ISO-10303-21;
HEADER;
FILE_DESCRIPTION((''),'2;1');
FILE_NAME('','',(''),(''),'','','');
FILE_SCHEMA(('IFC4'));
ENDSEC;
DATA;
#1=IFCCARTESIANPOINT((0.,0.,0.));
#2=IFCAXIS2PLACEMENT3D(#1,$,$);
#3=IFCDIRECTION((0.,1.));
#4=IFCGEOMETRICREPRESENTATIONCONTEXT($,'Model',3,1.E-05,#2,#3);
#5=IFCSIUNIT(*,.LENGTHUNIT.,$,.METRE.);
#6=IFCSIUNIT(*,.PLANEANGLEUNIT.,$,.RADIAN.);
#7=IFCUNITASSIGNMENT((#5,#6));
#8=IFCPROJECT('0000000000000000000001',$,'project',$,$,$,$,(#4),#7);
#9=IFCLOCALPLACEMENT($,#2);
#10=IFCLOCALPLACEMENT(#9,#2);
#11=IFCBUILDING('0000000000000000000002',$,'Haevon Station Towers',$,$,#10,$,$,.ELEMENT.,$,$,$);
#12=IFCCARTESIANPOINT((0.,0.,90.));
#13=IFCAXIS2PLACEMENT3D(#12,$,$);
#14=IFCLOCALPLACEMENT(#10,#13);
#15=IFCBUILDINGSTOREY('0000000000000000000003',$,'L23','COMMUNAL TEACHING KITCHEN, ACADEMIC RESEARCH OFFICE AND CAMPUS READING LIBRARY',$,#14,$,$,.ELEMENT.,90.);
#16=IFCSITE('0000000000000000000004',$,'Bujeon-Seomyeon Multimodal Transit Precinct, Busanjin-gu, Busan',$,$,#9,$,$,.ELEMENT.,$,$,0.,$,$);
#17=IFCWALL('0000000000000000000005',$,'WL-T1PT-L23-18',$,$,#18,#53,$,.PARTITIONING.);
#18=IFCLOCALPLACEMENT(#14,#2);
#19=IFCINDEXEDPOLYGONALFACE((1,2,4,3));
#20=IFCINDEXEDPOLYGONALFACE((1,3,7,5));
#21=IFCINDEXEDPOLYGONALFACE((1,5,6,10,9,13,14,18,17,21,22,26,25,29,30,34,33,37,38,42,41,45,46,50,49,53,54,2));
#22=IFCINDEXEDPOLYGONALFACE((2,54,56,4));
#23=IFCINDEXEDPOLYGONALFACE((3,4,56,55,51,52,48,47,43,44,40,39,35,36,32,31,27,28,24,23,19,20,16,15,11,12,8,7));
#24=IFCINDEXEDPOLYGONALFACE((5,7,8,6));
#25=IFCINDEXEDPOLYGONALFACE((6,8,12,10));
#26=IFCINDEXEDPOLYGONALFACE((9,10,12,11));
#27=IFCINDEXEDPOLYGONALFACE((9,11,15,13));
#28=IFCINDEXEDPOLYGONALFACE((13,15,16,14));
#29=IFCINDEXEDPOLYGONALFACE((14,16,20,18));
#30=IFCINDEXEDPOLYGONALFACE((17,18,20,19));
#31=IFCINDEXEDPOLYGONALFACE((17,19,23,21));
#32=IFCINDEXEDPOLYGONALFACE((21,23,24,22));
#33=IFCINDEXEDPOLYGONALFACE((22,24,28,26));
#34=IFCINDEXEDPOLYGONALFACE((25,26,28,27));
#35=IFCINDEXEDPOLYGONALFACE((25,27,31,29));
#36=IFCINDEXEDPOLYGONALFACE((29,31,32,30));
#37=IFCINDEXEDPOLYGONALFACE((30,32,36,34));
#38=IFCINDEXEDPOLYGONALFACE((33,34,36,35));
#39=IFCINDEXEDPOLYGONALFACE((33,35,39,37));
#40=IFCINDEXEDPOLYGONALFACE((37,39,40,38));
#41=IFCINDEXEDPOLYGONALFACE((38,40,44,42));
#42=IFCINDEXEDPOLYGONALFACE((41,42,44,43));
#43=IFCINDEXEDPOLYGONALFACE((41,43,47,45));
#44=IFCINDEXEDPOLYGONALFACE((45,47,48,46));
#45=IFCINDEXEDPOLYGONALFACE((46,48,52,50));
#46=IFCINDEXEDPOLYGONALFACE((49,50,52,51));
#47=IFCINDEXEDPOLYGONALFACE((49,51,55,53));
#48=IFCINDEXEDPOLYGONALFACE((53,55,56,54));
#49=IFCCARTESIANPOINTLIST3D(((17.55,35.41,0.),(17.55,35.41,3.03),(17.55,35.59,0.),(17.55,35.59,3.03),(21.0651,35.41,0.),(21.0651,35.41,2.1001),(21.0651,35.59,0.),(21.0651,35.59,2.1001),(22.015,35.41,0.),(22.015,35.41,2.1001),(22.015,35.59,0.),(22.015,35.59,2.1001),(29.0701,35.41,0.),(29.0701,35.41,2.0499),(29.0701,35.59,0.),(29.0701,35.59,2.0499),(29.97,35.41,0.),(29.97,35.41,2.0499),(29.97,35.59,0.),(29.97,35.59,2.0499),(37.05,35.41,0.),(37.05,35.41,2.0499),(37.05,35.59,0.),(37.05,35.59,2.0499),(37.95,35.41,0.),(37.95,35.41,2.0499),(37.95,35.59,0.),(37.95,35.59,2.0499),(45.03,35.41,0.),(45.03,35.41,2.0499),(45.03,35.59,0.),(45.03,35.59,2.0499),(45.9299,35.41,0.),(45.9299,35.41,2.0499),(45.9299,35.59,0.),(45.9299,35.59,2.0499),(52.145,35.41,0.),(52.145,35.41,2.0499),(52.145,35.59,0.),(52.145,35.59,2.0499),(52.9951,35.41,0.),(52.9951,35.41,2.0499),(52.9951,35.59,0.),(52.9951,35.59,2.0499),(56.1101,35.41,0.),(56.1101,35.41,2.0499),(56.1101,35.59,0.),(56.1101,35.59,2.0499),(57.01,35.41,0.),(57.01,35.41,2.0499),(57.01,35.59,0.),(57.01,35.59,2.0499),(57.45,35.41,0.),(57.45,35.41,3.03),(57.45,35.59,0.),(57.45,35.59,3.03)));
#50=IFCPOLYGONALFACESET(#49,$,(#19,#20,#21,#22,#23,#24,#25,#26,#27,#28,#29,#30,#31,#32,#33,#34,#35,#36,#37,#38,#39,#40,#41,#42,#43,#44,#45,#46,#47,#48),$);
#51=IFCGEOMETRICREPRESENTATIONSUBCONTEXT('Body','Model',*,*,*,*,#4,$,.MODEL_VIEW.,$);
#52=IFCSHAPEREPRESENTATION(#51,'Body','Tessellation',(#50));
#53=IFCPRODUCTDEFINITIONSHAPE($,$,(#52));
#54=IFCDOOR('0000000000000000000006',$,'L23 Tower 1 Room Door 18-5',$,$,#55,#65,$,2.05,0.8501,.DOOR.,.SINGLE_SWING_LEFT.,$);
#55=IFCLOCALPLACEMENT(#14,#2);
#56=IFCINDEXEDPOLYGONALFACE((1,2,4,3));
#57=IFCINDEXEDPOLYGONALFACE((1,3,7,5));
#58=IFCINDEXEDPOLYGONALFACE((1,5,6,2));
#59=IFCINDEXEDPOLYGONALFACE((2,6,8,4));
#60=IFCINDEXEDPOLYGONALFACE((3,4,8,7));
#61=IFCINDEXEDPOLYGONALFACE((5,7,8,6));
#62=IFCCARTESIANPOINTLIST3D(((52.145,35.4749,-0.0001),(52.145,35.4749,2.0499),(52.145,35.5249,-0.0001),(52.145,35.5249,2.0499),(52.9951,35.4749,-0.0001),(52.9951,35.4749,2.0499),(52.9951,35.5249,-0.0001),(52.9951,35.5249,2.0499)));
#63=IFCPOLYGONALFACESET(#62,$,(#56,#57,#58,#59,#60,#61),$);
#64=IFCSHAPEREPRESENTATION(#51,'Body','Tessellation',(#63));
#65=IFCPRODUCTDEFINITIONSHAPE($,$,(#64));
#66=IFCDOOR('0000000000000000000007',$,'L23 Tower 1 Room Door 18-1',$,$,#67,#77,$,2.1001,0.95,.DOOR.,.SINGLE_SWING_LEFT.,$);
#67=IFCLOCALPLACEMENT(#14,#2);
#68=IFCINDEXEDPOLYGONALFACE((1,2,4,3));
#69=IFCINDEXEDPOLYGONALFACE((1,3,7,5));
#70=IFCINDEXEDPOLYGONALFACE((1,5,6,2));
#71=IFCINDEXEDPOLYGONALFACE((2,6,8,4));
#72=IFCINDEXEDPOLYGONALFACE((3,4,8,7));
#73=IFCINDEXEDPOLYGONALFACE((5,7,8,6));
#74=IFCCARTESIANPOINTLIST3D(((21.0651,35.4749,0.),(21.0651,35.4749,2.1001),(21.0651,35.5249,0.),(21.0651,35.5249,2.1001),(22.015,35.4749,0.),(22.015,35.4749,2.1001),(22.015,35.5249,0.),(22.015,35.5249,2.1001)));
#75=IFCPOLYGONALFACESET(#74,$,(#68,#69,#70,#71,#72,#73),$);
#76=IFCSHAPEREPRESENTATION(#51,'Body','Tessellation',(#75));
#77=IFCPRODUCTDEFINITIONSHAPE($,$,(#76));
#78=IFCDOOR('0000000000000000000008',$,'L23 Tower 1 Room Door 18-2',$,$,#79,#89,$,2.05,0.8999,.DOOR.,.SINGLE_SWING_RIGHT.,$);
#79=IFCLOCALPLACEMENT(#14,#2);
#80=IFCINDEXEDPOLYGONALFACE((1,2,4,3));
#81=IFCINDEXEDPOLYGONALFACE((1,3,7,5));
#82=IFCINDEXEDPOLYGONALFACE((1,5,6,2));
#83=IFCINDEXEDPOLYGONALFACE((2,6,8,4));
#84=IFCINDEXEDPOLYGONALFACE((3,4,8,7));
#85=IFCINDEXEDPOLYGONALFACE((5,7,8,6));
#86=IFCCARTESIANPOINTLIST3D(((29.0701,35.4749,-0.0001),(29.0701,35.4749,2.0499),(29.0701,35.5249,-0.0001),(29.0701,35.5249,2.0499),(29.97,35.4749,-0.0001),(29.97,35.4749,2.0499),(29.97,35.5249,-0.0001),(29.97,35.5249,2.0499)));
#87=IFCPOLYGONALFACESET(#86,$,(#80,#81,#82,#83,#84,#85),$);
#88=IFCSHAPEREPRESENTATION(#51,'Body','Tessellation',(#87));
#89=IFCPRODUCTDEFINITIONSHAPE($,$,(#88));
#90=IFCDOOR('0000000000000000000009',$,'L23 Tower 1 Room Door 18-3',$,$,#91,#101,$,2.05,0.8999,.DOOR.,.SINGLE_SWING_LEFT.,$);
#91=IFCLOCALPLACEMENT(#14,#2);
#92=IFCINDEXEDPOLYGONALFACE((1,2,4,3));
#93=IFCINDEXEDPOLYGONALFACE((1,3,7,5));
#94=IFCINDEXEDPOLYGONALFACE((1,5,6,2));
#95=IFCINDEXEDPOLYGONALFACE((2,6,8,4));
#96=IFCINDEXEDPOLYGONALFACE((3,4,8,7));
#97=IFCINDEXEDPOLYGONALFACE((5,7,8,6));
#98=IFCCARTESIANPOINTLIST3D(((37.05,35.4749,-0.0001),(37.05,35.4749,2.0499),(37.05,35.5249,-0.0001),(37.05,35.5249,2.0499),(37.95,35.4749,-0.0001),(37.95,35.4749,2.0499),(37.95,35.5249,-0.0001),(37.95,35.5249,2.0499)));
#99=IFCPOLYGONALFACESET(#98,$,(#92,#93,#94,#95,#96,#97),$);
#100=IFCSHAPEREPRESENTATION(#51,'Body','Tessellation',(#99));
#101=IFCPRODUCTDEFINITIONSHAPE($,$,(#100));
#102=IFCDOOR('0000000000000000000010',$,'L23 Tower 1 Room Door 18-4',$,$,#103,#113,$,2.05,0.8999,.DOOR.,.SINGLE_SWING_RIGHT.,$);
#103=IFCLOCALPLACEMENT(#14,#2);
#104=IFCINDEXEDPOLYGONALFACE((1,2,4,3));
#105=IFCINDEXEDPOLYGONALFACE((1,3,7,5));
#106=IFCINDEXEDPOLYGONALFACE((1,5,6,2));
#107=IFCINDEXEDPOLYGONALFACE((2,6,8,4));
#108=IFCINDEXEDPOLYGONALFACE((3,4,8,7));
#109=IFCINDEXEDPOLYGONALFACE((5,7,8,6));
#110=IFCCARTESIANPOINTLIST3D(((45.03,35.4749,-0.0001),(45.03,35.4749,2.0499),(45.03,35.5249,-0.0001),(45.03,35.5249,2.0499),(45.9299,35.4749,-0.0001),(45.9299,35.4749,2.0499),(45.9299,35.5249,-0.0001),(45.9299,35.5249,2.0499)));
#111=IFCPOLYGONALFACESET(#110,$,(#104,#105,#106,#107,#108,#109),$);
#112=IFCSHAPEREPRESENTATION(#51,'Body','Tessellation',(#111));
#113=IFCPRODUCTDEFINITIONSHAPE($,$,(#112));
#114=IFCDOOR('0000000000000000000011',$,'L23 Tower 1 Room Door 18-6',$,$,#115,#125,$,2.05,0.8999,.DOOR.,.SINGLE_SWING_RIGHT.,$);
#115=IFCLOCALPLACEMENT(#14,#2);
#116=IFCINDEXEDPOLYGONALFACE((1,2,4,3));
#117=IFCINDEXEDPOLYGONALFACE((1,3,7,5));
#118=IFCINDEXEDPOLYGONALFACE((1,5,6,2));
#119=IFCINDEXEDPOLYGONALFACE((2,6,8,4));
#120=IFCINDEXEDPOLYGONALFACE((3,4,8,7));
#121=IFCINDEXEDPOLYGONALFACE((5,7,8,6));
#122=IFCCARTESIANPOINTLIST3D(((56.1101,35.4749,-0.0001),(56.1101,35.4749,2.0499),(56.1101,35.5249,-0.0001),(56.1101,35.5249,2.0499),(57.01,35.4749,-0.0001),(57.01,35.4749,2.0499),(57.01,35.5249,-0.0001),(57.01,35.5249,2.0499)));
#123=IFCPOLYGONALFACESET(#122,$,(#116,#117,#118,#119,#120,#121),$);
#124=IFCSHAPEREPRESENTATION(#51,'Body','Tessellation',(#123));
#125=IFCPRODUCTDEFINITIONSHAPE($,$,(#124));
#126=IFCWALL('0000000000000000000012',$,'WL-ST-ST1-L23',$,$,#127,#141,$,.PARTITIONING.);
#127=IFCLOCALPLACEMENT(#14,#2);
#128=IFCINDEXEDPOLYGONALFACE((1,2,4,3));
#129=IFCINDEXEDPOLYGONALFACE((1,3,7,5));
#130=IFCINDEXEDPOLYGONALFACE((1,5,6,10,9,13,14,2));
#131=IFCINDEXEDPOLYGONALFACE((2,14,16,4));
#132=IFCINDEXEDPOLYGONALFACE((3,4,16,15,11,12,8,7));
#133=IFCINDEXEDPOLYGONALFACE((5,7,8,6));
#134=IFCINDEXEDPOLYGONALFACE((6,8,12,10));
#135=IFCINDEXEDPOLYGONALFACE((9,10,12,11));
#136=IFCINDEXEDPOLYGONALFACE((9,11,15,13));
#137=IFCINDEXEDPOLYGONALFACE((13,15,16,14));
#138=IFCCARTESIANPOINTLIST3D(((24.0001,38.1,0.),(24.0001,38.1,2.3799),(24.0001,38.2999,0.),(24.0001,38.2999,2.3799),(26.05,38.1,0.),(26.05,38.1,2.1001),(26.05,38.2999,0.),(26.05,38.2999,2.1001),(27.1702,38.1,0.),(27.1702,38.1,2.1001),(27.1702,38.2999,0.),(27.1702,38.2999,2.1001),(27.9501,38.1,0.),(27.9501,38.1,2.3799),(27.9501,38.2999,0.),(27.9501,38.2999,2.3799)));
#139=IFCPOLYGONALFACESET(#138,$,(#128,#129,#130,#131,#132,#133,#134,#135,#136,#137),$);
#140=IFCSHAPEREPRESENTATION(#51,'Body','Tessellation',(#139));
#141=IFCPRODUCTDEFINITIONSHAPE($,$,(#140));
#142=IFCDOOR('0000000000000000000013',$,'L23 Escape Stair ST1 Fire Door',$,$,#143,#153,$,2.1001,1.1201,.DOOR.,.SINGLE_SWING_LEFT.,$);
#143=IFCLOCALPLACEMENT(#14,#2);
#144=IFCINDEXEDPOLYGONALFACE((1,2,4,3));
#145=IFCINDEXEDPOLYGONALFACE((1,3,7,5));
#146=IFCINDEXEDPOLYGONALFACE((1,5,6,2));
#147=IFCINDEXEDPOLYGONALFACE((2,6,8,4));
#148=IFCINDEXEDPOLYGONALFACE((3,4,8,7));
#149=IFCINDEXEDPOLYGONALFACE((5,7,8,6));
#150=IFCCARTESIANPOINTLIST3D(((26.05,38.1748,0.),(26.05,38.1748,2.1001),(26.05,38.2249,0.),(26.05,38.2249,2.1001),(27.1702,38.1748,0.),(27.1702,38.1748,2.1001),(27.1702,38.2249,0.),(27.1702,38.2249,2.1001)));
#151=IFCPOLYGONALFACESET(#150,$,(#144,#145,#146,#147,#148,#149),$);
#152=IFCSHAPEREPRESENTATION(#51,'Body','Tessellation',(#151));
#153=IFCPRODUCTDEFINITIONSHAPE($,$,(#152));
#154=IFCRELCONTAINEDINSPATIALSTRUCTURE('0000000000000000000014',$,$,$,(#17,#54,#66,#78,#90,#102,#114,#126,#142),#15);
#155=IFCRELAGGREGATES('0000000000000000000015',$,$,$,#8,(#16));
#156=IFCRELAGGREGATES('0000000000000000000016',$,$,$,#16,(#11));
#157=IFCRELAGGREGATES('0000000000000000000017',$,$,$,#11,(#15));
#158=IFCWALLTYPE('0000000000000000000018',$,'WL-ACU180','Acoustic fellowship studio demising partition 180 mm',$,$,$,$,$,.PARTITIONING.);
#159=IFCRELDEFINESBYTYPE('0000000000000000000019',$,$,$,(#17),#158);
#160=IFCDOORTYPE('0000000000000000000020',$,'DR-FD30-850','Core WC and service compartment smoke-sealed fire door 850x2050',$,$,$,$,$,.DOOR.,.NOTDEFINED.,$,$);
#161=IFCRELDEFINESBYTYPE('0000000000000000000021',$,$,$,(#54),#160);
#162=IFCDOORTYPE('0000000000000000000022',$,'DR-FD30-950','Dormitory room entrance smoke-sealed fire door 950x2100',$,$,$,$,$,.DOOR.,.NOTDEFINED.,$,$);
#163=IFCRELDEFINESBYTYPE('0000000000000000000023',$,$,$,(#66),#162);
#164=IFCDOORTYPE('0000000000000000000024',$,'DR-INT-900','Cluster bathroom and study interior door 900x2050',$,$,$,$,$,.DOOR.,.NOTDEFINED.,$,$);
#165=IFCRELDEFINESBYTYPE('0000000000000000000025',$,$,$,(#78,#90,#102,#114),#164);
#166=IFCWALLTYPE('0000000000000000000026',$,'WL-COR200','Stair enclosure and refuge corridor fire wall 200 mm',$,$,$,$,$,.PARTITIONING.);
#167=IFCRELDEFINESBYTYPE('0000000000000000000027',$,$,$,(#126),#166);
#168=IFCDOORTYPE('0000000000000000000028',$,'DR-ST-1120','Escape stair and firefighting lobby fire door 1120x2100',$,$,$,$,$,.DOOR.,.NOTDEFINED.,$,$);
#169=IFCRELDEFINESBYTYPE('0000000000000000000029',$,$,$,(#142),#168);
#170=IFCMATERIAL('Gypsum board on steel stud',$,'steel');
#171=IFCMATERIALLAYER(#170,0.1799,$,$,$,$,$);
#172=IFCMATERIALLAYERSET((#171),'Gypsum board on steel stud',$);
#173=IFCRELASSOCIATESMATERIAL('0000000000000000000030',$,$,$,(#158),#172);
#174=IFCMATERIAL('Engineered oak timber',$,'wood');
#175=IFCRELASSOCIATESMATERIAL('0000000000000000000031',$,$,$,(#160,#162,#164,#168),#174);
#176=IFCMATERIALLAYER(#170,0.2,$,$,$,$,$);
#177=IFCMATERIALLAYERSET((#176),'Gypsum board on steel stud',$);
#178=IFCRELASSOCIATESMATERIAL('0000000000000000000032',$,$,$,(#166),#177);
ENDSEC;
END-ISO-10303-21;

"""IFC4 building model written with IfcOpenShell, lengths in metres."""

from ifc_helpers import new_model, si_unit, direction, frame, frame_2d, origin, place, context, subcontext, project, spatial, rectangle, extrude, material, layer, layer_set, type_object, element, fill, save


model = new_model("IFC4")

# Units and contexts
model_context = context("Model", 3, precision=1e-05, world=origin(), true_north=direction((0.0, 1.0)))
body_context = subcontext(model_context, "Body", "Model", "MODEL_VIEW")
ifc_project = project(units=[si_unit("LENGTHUNIT", "METRE"), si_unit("PLANEANGLEUNIT", "RADIAN")], contexts=[model_context])

# Site, building, storey
site_placement = place(None, origin())
site = spatial("IfcSite", under=ifc_project, at=site_placement, Name="Bujeon-Seomyeon Multimodal Transit Precinct, Busanjin-gu, Busan", CompositionType="ELEMENT", RefElevation=0.0)
building_placement = place(site_placement, origin())
building = spatial("IfcBuilding", under=site, at=building_placement, Name="Haevon Station Towers", CompositionType="ELEMENT")
storey_placement = place(building_placement, frame((0.0, 0.0, 90.0)))
storey = spatial("IfcBuildingStorey", under=building, at=storey_placement, Name="L23", Description="COMMUNAL TEACHING KITCHEN, ACADEMIC RESEARCH OFFICE AND CAMPUS READING LIBRARY", CompositionType="ELEMENT", Elevation=90.0)

# Wall, openings, doors
ifc_material_1 = material(Name="Gypsum board on steel stud", Category="steel")
ifc_layer_1 = layer(ifc_material_1, 0.1799)
ifc_layer_set_1 = layer_set([ifc_layer_1], Name="Gypsum board on steel stud")
wall_type_1 = type_object("IfcWallType", Name="WL-ACU180", Description="Acoustic fellowship studio demising partition 180 mm", PredefinedType="PARTITIONING", material=ifc_layer_set_1)
wall_1_placement = place(storey_placement, frame((17.55, 35.5, 0.0), z_axis=(0.0, 0.0, 1.0), x_axis=(1.0, 0.0, 0.0)))
wall_1 = element("IfcWall", 1, at=wall_1_placement, inside=storey, type_object=wall_type_1, Name="WL-T1PT-L23-18", PredefinedType="PARTITIONING", context=body_context, shape_type="SweptSolid", body=[
    extrude(rectangle(XDim=39.8999, YDim=0.1799, at=frame_2d((19.95, 0.0))), origin(), (0.0, 0.0, 1.0), 3.03),
])
opening_1_placement = place(wall_1_placement, frame((3.5149, 0.0, 0.0)))
opening_1 = element("IfcOpeningElement", 2, at=opening_1_placement, cuts=wall_1, PredefinedType="OPENING", context=body_context, shape_type="SweptSolid", body=[
    extrude(rectangle(XDim=0.95, YDim=2.1001, at=frame_2d((0.4751, 1.05))), frame((0.0, 0.0999, 0.0), z_axis=(0.0, -1.0, 0.0), x_axis=(1.0, 0.0, 0.0)), (0.0, 0.0, 1.0), 0.2),
])
opening_2_placement = place(wall_1_placement, frame((11.52, 0.0, 0.0)))
opening_2 = element("IfcOpeningElement", 3, at=opening_2_placement, cuts=wall_1, PredefinedType="OPENING", context=body_context, shape_type="SweptSolid", body=[
    extrude(rectangle(XDim=0.8999, YDim=2.05, at=frame_2d((0.45, 1.0249))), frame((0.0, 0.0999, 0.0), z_axis=(0.0, -1.0, 0.0), x_axis=(1.0, 0.0, 0.0)), (0.0, 0.0, 1.0), 0.2),
])
opening_3_placement = place(wall_1_placement, frame((19.5, 0.0, 0.0)))
opening_3 = element("IfcOpeningElement", 4, at=opening_3_placement, cuts=wall_1, PredefinedType="OPENING", context=body_context, shape_type="SweptSolid", body=[
    extrude(rectangle(XDim=0.8999, YDim=2.05, at=frame_2d((0.45, 1.0249))), frame((0.0, 0.0999, 0.0), z_axis=(0.0, -1.0, 0.0), x_axis=(1.0, 0.0, 0.0)), (0.0, 0.0, 1.0), 0.2),
])
opening_4_placement = place(wall_1_placement, frame((27.48, 0.0, 0.0)))
opening_4 = element("IfcOpeningElement", 5, at=opening_4_placement, cuts=wall_1, PredefinedType="OPENING", context=body_context, shape_type="SweptSolid", body=[
    extrude(rectangle(XDim=0.8999, YDim=2.05, at=frame_2d((0.45, 1.0249))), frame((0.0, 0.0999, 0.0), z_axis=(0.0, -1.0, 0.0), x_axis=(1.0, 0.0, 0.0)), (0.0, 0.0, 1.0), 0.2),
])
opening_5_placement = place(wall_1_placement, frame((34.595, 0.0, 0.0)))
opening_5 = element("IfcOpeningElement", 6, at=opening_5_placement, cuts=wall_1, PredefinedType="OPENING", context=body_context, shape_type="SweptSolid", body=[
    extrude(rectangle(XDim=0.8501, YDim=2.05, at=frame_2d((0.425, 1.0249))), frame((0.0, 0.0999, 0.0), z_axis=(0.0, -1.0, 0.0), x_axis=(1.0, 0.0, 0.0)), (0.0, 0.0, 1.0), 0.2),
])
opening_6_placement = place(wall_1_placement, frame((38.5601, 0.0, 0.0)))
opening_6 = element("IfcOpeningElement", 7, at=opening_6_placement, cuts=wall_1, PredefinedType="OPENING", context=body_context, shape_type="SweptSolid", body=[
    extrude(rectangle(XDim=0.8999, YDim=2.05, at=frame_2d((0.45, 1.0249))), frame((0.0, 0.0999, 0.0), z_axis=(0.0, -1.0, 0.0), x_axis=(1.0, 0.0, 0.0)), (0.0, 0.0, 1.0), 0.2),
])
ifc_material_2 = material(Name="Engineered oak timber", Category="wood")
door_type_1 = type_object("IfcDoorType", Name="DR-FD30-850", Description="Core WC and service compartment smoke-sealed fire door 850x2050", OperationType="NOTDEFINED", PredefinedType="DOOR", material=ifc_material_2)
door_1_placement = place(opening_5_placement, origin())
door_1 = element("IfcDoor", 8, at=door_1_placement, inside=storey, type_object=door_type_1, Name="L23 Tower 1 Room Door 18-5", OperationType="SINGLE_SWING_LEFT", OverallHeight=2.05, OverallWidth=0.8501, PredefinedType="DOOR", context=body_context, shape_type="SweptSolid", body=[
    extrude(rectangle(XDim=0.8501, YDim=2.05, at=frame_2d((0.425, 1.0249))), frame((0.0, 0.0249, 0.0), z_axis=(0.0, -1.0, 0.0), x_axis=(1.0, 0.0, 0.0)), (0.0, 0.0, 1.0), 0.05),
])
fill(opening_5, door_1)
door_type_2 = type_object("IfcDoorType", Name="DR-FD30-950", Description="Dormitory room entrance smoke-sealed fire door 950x2100", OperationType="NOTDEFINED", PredefinedType="DOOR", material=ifc_material_2)
door_2_placement = place(opening_1_placement, origin())
door_2 = element("IfcDoor", 9, at=door_2_placement, inside=storey, type_object=door_type_2, Name="L23 Tower 1 Room Door 18-1", OperationType="SINGLE_SWING_LEFT", OverallHeight=2.1001, OverallWidth=0.95, PredefinedType="DOOR", context=body_context, shape_type="SweptSolid", body=[
    extrude(rectangle(XDim=0.95, YDim=2.1001, at=frame_2d((0.4751, 1.05))), frame((0.0, 0.0249, 0.0), z_axis=(0.0, -1.0, 0.0), x_axis=(1.0, 0.0, 0.0)), (0.0, 0.0, 1.0), 0.05),
])
fill(opening_1, door_2)
door_type_3 = type_object("IfcDoorType", Name="DR-INT-900", Description="Cluster bathroom and study interior door 900x2050", OperationType="NOTDEFINED", PredefinedType="DOOR", material=ifc_material_2)
door_3_placement = place(opening_2_placement, origin())
door_3 = element("IfcDoor", 10, at=door_3_placement, inside=storey, type_object=door_type_3, Name="L23 Tower 1 Room Door 18-2", OperationType="SINGLE_SWING_RIGHT", OverallHeight=2.05, OverallWidth=0.8999, PredefinedType="DOOR", context=body_context, shape_type="SweptSolid", body=[
    extrude(rectangle(XDim=0.8999, YDim=2.05, at=frame_2d((0.45, 1.0249))), frame((0.0, 0.0249, 0.0), z_axis=(0.0, -1.0, 0.0), x_axis=(1.0, 0.0, 0.0)), (0.0, 0.0, 1.0), 0.05),
])
fill(opening_2, door_3)
door_4_placement = place(opening_3_placement, origin())
door_4 = element("IfcDoor", 11, at=door_4_placement, inside=storey, type_object=door_type_3, Name="L23 Tower 1 Room Door 18-3", OperationType="SINGLE_SWING_LEFT", OverallHeight=2.05, OverallWidth=0.8999, PredefinedType="DOOR", context=body_context, shape_type="SweptSolid", body=[
    extrude(rectangle(XDim=0.8999, YDim=2.05, at=frame_2d((0.45, 1.0249))), frame((0.0, 0.0249, 0.0), z_axis=(0.0, -1.0, 0.0), x_axis=(1.0, 0.0, 0.0)), (0.0, 0.0, 1.0), 0.05),
])
fill(opening_3, door_4)
door_5_placement = place(opening_4_placement, origin())
door_5 = element("IfcDoor", 12, at=door_5_placement, inside=storey, type_object=door_type_3, Name="L23 Tower 1 Room Door 18-4", OperationType="SINGLE_SWING_RIGHT", OverallHeight=2.05, OverallWidth=0.8999, PredefinedType="DOOR", context=body_context, shape_type="SweptSolid", body=[
    extrude(rectangle(XDim=0.8999, YDim=2.05, at=frame_2d((0.45, 1.0249))), frame((0.0, 0.0249, 0.0), z_axis=(0.0, -1.0, 0.0), x_axis=(1.0, 0.0, 0.0)), (0.0, 0.0, 1.0), 0.05),
])
fill(opening_4, door_5)
door_6_placement = place(opening_6_placement, origin())
door_6 = element("IfcDoor", 13, at=door_6_placement, inside=storey, type_object=door_type_3, Name="L23 Tower 1 Room Door 18-6", OperationType="SINGLE_SWING_RIGHT", OverallHeight=2.05, OverallWidth=0.8999, PredefinedType="DOOR", context=body_context, shape_type="SweptSolid", body=[
    extrude(rectangle(XDim=0.8999, YDim=2.05, at=frame_2d((0.45, 1.0249))), frame((0.0, 0.0249, 0.0), z_axis=(0.0, -1.0, 0.0), x_axis=(1.0, 0.0, 0.0)), (0.0, 0.0, 1.0), 0.05),
])
fill(opening_6, door_6)

# Wall, opening, door
ifc_layer_2 = layer(ifc_material_1, 0.2)
ifc_layer_set_2 = layer_set([ifc_layer_2], Name="Gypsum board on steel stud")
wall_type_2 = type_object("IfcWallType", Name="WL-COR200", Description="Stair enclosure and refuge corridor fire wall 200 mm", PredefinedType="PARTITIONING", material=ifc_layer_set_2)
wall_2_placement = place(storey_placement, frame((24.0, 38.2, 0.0), z_axis=(0.0, 0.0, 1.0), x_axis=(1.0, 0.0, 0.0)))
wall_2 = element("IfcWall", 14, at=wall_2_placement, inside=storey, type_object=wall_type_2, Name="WL-ST-ST1-L23", PredefinedType="PARTITIONING", context=body_context, shape_type="SweptSolid", body=[
    extrude(rectangle(XDim=3.95, YDim=0.2, at=frame_2d((1.9751, 0.0))), origin(), (0.0, 0.0, 1.0), 2.3799),
])
opening_7_placement = place(wall_2_placement, frame((2.05, 0.0, 0.0)))
opening_7 = element("IfcOpeningElement", 15, at=opening_7_placement, cuts=wall_2, PredefinedType="OPENING", context=body_context, shape_type="SweptSolid", body=[
    extrude(rectangle(XDim=1.1201, YDim=2.1001, at=frame_2d((0.5601, 1.05))), frame((0.0, 0.1099, 0.0), z_axis=(0.0, -1.0, 0.0), x_axis=(1.0, 0.0, 0.0)), (0.0, 0.0, 1.0), 0.22),
])
door_type_4 = type_object("IfcDoorType", Name="DR-ST-1120", Description="Escape stair and firefighting lobby fire door 1120x2100", OperationType="NOTDEFINED", PredefinedType="DOOR", material=ifc_material_2)
door_7_placement = place(opening_7_placement, origin())
door_7 = element("IfcDoor", 16, at=door_7_placement, inside=storey, type_object=door_type_4, Name="L23 Escape Stair ST1 Fire Door", OperationType="SINGLE_SWING_LEFT", OverallHeight=2.1001, OverallWidth=1.1201, PredefinedType="DOOR", context=body_context, shape_type="SweptSolid", body=[
    extrude(rectangle(XDim=1.1201, YDim=2.1001, at=frame_2d((0.5601, 1.05))), frame((0.0, 0.0249, 0.0), z_axis=(0.0, -1.0, 0.0), x_axis=(1.0, 0.0, 0.0)), (0.0, 0.0, 1.0), 0.05),
])
fill(opening_7, door_7)

save(model, "model.ifc")
